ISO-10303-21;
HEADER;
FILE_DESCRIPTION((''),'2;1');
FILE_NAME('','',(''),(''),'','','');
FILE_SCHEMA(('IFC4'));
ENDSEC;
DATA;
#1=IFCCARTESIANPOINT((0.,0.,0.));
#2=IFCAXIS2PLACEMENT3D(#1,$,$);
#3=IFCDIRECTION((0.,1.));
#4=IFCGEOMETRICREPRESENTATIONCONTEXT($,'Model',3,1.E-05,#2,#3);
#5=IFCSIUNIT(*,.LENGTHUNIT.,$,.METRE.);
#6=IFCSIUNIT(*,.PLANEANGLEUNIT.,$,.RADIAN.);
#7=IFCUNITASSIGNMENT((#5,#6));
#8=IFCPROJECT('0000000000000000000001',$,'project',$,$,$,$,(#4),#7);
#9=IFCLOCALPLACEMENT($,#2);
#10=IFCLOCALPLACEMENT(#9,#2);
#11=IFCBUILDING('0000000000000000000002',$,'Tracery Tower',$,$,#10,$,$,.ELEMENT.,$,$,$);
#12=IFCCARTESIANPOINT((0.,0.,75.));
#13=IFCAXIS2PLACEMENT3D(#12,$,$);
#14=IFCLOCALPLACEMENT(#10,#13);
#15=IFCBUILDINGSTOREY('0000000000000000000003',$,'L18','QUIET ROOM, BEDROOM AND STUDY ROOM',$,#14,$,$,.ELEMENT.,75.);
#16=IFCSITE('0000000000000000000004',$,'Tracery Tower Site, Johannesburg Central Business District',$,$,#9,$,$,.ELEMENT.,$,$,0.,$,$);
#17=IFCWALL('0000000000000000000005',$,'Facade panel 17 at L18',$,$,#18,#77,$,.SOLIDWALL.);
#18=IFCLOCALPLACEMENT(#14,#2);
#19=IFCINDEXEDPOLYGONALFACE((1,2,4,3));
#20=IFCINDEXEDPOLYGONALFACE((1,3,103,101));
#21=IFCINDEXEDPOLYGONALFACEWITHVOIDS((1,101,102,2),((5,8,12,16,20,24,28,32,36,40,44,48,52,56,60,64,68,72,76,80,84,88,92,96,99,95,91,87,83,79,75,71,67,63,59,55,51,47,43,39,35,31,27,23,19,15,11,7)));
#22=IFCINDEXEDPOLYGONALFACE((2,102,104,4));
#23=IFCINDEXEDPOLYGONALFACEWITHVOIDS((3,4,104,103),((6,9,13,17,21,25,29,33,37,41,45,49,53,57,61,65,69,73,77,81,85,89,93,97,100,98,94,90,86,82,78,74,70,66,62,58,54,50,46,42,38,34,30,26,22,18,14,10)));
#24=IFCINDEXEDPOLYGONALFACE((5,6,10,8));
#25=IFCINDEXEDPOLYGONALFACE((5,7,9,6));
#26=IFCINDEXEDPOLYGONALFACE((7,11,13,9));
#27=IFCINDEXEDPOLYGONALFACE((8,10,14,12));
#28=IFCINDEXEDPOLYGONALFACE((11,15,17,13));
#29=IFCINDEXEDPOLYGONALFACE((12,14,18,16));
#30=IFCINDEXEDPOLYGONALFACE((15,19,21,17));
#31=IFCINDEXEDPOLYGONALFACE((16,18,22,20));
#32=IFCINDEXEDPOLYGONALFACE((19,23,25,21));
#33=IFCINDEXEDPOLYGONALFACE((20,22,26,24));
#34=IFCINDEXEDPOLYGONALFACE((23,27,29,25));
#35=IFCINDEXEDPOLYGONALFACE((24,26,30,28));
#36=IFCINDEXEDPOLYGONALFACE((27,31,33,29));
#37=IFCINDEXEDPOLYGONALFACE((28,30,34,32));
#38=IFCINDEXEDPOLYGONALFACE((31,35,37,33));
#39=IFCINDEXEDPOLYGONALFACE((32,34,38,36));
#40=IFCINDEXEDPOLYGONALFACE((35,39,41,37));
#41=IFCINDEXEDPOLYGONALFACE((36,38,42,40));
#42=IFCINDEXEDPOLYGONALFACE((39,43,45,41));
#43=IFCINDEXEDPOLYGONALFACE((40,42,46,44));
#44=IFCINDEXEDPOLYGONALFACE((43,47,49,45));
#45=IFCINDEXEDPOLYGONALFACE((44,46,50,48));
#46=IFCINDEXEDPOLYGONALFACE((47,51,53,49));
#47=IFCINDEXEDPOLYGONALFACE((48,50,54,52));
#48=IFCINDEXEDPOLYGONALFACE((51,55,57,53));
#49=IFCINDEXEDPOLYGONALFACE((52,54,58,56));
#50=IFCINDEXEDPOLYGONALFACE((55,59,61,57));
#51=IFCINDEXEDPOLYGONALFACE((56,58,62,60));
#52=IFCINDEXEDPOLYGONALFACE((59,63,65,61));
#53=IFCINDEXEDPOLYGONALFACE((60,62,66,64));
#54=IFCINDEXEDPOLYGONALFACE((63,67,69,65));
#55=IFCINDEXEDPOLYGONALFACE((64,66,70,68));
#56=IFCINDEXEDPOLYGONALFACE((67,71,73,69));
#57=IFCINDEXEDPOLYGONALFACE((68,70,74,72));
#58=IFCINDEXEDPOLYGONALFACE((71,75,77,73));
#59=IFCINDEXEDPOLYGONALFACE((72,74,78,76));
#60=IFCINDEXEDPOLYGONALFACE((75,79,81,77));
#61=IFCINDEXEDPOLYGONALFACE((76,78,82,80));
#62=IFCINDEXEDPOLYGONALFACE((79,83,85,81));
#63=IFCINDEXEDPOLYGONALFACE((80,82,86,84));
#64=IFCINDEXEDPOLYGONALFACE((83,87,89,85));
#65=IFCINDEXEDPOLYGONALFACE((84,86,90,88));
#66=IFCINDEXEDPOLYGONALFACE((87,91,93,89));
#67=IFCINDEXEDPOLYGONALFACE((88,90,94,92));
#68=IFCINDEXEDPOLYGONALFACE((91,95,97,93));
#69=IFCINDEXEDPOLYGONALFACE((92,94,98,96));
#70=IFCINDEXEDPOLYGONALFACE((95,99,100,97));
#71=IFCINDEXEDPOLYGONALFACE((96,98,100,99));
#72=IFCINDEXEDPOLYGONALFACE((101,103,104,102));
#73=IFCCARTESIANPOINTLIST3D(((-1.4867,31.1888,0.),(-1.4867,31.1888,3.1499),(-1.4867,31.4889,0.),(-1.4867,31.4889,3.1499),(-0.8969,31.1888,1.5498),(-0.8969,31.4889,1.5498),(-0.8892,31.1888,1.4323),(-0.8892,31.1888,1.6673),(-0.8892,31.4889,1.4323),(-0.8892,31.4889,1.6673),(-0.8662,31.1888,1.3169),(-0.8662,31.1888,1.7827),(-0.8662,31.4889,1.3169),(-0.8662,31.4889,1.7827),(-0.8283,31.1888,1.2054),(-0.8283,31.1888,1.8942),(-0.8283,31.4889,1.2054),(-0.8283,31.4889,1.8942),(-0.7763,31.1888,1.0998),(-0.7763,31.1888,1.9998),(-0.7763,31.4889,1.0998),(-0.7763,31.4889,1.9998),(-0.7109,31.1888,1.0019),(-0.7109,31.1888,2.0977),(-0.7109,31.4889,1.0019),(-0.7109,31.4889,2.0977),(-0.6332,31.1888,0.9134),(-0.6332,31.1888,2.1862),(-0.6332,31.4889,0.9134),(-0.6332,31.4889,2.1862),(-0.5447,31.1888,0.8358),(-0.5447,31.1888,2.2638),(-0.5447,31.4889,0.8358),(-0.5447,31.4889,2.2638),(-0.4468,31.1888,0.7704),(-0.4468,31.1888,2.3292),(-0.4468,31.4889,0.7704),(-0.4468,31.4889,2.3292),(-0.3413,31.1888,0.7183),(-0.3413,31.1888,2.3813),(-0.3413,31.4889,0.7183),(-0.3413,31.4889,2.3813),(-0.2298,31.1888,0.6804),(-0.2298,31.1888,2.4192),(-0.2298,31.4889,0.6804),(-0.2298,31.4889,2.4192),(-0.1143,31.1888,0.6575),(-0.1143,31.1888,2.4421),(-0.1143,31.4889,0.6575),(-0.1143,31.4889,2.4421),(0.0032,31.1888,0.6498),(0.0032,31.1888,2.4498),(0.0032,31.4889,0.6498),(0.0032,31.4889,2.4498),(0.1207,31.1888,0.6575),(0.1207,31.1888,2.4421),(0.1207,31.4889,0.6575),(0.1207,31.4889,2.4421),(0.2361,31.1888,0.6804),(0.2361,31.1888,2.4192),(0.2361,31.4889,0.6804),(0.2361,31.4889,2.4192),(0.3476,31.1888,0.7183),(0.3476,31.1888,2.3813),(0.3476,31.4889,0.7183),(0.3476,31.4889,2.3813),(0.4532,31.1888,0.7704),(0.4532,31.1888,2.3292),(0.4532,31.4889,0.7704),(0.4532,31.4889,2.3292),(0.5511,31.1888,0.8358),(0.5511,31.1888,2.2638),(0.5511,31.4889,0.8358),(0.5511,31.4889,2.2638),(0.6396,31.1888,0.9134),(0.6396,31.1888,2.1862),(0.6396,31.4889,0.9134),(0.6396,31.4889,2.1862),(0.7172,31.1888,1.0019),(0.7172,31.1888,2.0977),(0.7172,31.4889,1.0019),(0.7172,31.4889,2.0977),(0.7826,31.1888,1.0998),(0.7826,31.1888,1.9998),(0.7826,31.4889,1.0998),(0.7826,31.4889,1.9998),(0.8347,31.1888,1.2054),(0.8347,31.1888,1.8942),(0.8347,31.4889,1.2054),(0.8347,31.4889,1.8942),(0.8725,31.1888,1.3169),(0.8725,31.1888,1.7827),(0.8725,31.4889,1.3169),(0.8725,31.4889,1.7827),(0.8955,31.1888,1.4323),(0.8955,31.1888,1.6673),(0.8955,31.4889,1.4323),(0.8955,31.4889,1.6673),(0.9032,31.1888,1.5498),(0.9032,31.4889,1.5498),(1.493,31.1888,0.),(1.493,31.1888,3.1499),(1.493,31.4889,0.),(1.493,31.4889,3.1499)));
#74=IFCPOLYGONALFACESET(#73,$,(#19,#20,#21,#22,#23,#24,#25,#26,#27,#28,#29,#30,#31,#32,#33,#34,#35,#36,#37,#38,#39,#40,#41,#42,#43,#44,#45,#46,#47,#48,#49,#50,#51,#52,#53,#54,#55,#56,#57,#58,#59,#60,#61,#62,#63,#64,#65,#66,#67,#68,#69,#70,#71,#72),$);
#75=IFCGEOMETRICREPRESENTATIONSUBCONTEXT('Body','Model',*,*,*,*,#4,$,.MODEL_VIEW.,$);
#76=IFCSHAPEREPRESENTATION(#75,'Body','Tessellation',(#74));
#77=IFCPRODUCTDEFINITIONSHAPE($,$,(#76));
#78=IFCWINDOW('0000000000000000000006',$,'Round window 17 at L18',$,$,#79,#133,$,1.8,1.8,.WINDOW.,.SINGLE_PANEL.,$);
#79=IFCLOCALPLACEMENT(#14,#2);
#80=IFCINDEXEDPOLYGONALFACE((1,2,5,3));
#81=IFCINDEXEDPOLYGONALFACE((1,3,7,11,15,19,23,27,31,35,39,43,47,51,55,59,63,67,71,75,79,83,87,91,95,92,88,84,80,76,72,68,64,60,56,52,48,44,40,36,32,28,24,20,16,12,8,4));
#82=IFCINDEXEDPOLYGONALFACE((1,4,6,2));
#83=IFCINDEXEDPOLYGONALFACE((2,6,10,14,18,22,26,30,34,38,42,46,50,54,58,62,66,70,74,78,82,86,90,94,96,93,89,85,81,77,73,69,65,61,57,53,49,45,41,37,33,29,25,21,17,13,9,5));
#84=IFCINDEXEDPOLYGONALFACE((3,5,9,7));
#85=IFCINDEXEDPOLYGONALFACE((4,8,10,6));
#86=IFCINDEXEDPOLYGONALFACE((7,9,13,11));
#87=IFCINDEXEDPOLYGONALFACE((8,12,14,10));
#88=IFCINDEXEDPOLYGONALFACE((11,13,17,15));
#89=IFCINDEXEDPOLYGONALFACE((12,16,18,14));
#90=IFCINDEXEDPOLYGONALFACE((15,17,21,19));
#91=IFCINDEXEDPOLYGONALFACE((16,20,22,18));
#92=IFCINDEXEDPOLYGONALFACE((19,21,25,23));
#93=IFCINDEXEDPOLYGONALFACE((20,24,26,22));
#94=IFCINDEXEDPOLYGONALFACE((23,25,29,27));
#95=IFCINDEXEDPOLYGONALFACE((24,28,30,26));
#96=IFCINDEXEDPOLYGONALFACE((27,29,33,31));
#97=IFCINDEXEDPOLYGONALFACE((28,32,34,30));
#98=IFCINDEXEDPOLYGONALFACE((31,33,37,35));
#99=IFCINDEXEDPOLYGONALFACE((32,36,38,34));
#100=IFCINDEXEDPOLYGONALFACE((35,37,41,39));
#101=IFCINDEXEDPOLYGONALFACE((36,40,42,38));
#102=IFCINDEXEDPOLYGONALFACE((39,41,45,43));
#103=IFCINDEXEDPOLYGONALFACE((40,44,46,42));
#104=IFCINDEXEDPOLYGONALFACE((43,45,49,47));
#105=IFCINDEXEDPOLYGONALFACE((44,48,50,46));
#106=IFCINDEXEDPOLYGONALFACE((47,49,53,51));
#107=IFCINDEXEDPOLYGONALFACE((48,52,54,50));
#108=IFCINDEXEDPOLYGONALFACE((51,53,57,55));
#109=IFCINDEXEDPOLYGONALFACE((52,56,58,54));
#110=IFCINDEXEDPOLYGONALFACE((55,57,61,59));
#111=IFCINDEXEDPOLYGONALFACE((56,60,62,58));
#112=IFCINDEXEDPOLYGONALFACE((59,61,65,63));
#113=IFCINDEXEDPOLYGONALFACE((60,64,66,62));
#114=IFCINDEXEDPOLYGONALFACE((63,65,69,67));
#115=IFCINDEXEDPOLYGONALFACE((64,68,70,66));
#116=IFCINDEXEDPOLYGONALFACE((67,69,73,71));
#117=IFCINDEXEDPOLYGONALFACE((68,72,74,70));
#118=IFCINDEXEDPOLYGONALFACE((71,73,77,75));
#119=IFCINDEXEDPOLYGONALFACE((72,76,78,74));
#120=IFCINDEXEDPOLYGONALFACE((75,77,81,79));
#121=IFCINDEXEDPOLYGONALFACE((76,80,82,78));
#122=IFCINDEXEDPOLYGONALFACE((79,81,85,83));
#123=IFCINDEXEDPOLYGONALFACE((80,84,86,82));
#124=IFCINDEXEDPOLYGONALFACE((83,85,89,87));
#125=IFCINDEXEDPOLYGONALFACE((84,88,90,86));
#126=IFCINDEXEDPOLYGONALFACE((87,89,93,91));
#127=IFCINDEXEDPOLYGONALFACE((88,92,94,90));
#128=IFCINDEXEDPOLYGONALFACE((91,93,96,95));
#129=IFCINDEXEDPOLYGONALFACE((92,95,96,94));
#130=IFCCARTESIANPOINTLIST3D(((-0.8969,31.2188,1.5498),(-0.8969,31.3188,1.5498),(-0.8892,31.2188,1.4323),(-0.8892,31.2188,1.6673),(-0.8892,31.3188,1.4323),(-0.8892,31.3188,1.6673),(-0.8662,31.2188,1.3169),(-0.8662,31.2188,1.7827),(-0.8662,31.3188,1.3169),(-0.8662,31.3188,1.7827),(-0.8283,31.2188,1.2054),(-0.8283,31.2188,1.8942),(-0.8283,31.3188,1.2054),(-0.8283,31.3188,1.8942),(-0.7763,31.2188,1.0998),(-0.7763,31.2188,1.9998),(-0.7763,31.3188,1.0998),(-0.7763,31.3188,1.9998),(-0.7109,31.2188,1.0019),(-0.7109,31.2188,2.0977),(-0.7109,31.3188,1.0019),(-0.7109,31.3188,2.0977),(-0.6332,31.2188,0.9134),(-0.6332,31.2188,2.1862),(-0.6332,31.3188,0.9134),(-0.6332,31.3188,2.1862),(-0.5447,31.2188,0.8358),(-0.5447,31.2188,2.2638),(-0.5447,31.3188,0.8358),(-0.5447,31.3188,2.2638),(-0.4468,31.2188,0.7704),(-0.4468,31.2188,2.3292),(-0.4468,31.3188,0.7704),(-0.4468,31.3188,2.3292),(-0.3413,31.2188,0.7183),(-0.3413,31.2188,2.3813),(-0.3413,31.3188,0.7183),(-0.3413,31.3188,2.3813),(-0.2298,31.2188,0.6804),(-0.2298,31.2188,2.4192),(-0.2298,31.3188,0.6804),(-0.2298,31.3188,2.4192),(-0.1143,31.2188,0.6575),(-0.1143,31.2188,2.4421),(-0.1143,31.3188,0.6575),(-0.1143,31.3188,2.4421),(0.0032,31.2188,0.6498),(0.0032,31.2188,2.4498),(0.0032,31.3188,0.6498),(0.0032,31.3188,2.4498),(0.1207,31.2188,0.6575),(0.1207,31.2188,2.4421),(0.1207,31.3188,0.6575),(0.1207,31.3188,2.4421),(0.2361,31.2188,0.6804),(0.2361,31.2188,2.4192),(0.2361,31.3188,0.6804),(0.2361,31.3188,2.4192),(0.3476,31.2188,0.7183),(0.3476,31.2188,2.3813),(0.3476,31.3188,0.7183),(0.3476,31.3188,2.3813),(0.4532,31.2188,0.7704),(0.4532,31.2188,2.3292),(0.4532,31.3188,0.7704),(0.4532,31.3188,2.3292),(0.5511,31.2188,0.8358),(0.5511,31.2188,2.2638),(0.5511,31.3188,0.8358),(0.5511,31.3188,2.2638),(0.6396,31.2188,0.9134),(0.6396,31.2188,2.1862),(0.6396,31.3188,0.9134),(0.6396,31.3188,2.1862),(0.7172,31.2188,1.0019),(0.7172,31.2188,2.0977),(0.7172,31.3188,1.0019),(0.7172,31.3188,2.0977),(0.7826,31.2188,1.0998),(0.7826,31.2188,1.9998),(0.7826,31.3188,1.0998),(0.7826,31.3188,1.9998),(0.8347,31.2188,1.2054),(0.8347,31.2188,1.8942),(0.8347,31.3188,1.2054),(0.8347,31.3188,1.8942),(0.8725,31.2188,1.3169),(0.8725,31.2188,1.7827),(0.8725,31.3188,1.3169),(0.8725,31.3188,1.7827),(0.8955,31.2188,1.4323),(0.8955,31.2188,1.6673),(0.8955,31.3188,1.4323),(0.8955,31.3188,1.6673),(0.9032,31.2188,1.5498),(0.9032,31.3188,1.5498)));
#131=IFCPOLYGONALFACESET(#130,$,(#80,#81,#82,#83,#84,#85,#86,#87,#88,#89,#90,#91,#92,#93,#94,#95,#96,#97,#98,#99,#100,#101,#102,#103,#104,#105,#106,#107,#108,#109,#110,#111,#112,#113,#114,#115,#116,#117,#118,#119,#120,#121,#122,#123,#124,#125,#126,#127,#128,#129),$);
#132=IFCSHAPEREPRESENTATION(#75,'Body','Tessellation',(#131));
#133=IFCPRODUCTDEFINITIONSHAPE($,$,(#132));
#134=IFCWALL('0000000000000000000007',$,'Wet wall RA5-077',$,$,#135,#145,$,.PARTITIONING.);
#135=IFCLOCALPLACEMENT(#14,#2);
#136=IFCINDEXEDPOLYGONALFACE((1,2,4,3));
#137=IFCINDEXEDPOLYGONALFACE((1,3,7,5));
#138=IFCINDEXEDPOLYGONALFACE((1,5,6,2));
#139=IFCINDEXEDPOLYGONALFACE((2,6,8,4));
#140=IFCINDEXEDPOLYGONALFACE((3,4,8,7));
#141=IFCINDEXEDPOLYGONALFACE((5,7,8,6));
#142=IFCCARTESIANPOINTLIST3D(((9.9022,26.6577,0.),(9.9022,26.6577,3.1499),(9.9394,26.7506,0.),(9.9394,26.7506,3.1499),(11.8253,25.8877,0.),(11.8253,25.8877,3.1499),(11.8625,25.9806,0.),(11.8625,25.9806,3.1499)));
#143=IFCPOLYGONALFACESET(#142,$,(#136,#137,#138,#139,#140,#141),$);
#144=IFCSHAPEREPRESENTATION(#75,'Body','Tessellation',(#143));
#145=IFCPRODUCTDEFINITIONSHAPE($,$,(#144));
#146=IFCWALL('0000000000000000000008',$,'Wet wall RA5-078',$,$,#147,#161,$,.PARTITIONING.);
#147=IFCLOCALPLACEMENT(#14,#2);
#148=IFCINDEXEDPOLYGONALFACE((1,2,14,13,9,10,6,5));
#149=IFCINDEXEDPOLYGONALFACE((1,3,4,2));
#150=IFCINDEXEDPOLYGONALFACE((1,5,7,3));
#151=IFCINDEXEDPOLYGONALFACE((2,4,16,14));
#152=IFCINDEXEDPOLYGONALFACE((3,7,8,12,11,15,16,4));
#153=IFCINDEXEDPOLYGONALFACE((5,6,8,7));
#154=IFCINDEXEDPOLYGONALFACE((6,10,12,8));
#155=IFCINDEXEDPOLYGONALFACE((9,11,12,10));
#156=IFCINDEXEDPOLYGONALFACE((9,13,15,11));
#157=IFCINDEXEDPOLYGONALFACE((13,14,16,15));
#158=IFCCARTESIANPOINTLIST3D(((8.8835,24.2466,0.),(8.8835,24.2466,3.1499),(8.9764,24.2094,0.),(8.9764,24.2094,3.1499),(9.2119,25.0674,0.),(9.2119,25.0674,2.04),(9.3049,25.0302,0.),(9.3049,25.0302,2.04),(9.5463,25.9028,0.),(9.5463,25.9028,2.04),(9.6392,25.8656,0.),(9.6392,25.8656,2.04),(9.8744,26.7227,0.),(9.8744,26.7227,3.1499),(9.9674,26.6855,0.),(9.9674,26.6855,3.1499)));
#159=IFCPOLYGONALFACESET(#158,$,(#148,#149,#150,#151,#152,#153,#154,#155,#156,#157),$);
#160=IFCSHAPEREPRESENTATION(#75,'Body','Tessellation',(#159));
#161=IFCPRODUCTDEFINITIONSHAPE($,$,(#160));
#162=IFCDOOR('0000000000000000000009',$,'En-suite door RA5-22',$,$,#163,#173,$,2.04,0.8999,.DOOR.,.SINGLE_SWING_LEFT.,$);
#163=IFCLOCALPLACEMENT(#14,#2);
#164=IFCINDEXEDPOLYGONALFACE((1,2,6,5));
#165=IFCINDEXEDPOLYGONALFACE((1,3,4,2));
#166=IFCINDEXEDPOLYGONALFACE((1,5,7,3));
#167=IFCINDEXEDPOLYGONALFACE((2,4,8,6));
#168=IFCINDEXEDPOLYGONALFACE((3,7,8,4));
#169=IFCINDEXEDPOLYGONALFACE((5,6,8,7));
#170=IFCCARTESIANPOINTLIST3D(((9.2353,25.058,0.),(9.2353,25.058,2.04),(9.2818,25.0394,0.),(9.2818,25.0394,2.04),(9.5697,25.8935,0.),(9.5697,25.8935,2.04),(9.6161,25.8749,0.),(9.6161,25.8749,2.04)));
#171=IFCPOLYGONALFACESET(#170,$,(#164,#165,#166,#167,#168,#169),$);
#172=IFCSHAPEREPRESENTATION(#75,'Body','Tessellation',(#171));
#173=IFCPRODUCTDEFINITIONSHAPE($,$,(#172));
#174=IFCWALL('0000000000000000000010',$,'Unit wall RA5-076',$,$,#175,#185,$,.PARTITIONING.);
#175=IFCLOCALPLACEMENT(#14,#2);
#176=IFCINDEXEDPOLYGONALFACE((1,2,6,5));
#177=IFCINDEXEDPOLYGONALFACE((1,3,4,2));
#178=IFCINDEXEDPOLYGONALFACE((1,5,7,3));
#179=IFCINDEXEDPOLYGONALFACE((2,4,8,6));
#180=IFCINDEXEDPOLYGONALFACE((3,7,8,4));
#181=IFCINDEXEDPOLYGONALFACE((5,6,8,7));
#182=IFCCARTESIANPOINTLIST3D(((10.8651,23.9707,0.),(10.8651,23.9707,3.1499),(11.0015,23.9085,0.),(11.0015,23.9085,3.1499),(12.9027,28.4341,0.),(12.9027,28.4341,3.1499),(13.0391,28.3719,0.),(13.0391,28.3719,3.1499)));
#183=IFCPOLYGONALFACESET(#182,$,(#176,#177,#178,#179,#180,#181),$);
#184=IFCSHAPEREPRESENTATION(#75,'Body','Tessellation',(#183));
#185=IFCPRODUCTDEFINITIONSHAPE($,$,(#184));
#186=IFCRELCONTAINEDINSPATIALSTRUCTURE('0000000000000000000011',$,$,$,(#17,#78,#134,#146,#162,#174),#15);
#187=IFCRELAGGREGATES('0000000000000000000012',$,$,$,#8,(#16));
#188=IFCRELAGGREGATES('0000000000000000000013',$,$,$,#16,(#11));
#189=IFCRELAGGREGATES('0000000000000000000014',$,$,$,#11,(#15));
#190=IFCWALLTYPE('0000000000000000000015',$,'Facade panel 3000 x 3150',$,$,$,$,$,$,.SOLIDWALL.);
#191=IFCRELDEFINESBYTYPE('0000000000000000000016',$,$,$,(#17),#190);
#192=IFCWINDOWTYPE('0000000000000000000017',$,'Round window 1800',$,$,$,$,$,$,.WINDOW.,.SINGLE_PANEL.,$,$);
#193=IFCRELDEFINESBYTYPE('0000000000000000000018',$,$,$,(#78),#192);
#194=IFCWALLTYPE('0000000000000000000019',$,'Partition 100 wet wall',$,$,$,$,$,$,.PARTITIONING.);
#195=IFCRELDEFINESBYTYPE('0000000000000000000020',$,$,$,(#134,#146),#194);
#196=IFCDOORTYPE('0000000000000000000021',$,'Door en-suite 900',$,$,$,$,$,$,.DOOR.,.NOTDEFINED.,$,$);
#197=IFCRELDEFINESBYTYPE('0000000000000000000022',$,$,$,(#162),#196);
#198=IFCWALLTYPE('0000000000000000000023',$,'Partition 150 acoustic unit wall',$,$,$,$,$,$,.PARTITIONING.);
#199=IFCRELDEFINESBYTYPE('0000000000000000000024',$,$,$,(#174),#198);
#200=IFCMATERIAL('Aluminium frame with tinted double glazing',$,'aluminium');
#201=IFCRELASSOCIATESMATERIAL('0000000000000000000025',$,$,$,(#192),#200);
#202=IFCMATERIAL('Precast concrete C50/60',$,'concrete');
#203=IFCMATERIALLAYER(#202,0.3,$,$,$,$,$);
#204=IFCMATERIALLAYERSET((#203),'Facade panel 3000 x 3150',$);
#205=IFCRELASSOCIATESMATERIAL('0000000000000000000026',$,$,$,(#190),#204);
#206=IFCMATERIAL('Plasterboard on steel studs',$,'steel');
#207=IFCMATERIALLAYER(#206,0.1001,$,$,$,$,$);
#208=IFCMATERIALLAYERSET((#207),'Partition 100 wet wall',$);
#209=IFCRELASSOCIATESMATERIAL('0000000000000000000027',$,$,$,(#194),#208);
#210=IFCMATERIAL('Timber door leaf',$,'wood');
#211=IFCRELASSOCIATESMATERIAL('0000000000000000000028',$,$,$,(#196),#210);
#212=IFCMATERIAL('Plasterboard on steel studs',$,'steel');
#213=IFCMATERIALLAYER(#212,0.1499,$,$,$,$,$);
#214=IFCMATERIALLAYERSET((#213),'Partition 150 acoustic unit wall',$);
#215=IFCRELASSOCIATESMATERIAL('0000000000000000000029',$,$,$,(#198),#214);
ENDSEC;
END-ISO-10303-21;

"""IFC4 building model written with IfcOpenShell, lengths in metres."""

from ifc_helpers import new_model, si_unit, direction, frame, frame_2d, origin, origin_2d, place, context, subcontext, project, spatial, rectangle, circle, extrude, material, layer, layer_set, type_object, element, fill, save


model = new_model("IFC4")

# Units and contexts
model_context = context("Model", 3, precision=1e-05, world=origin(), true_north=direction((0.0, 1.0)))
body_context = subcontext(model_context, "Body", "Model", "MODEL_VIEW")
ifc_project = project(units=[si_unit("LENGTHUNIT", "METRE"), si_unit("PLANEANGLEUNIT", "RADIAN")], contexts=[model_context])

# Site, building, storey
site_placement = place(None, origin())
site = spatial("IfcSite", under=ifc_project, at=site_placement, Name="Tracery Tower Site, Johannesburg Central Business District", CompositionType="ELEMENT", RefElevation=0.0)
building_placement = place(site_placement, origin())
building = spatial("IfcBuilding", under=site, at=building_placement, Name="Tracery Tower", CompositionType="ELEMENT")
storey_placement = place(building_placement, frame((0.0, 0.0, 75.0)))
storey = spatial("IfcBuildingStorey", under=building, at=storey_placement, Name="L18", Description="QUIET ROOM, BEDROOM AND STUDY ROOM", CompositionType="ELEMENT", Elevation=75.0)

# Wall, opening, window
ifc_material_1 = material(Name="Aluminium frame with tinted double glazing", Category="aluminium")
window_type = type_object("IfcWindowType", Name="Round window 1800", PartitioningType="SINGLE_PANEL", PredefinedType="WINDOW", material=ifc_material_1)
ifc_material_2 = material(Name="Precast concrete C50/60", Category="concrete")
ifc_layer_1 = layer(ifc_material_2, 0.3)
ifc_layer_set_1 = layer_set([ifc_layer_1], Name="Facade panel 3000 x 3150")
wall_type_1 = type_object("IfcWallType", Name="Facade panel 3000 x 3150", PredefinedType="SOLIDWALL", material=ifc_layer_set_1)
wall_1_placement = place(storey_placement, frame((1.4929, 31.3389, 0.0), z_axis=(0.0, 0.0, 1.0), x_axis=(-1.0, 0.0, 0.0)))
wall_1 = element("IfcWall", 1, at=wall_1_placement, inside=storey, type_object=wall_type_1, Name="Facade panel 17 at L18", PredefinedType="SOLIDWALL", context=body_context, shape_type="SweptSolid", body=[
    extrude(rectangle(XDim=2.9797, YDim=0.3, at=frame_2d((1.4897, 0.0))), origin(), (0.0, 0.0, 1.0), 3.1499),
])
opening_1_placement = place(wall_1_placement, frame((1.4897, 0.0, 1.5498)))
opening_1 = element("IfcOpeningElement", 2, at=opening_1_placement, cuts=wall_1, PredefinedType="OPENING", context=body_context, shape_type="SweptSolid", body=[
    extrude(circle(Radius=0.9, at=origin_2d()), frame((0.0, 0.1599, 0.0), z_axis=(0.0, -1.0, 0.0), x_axis=(1.0, 0.0, 0.0)), (0.0, 0.0, 1.0), 0.3201),
])
window_1_placement = place(opening_1_placement, origin())
window_1 = element("IfcWindow", 3, at=window_1_placement, inside=storey, type_object=window_type, Name="Round window 17 at L18", OverallHeight=1.8, OverallWidth=1.8, PartitioningType="SINGLE_PANEL", PredefinedType="WINDOW", context=body_context, shape_type="SweptSolid", body=[
    extrude(circle(Radius=0.9, at=origin_2d()), frame((0.0, 0.1201, 0.0), z_axis=(0.0, -1.0, 0.0), x_axis=(1.0, 0.0, 0.0)), (0.0, 0.0, 1.0), 0.1001),
])
fill(opening_1, window_1)

# Wall
ifc_material_3 = material(Name="Plasterboard on steel studs", Category="steel")
ifc_layer_2 = layer(ifc_material_3, 0.1001)
ifc_layer_set_2 = layer_set([ifc_layer_2], Name="Partition 100 wet wall")
wall_type_2 = type_object("IfcWallType", Name="Partition 100 wet wall", PredefinedType="PARTITIONING", material=ifc_layer_set_2)
wall_2_placement = place(storey_placement, frame((9.9209, 26.7041, 0.0), z_axis=(0.0, 0.0, 1.0), x_axis=(0.928347, -0.371716, 0.0)))
element("IfcWall", 4, at=wall_2_placement, inside=storey, type_object=wall_type_2, Name="Wet wall RA5-077", PredefinedType="PARTITIONING", context=body_context, shape_type="SweptSolid", body=[
    extrude(rectangle(XDim=2.0715, YDim=0.1001, at=frame_2d((1.0356, 0.0))), origin(), (0.0, 0.0, 1.0), 3.1499),
])

# Wall, opening, door
wall_3_placement = place(storey_placement, frame((8.9299, 24.228, 0.0), z_axis=(0.0, 0.0, 1.0), x_axis=(0.371564, 0.928407, 0.0)))
wall_3 = element("IfcWall", 5, at=wall_3_placement, inside=storey, type_object=wall_type_2, Name="Wet wall RA5-078", PredefinedType="PARTITIONING", context=body_context, shape_type="SweptSolid", body=[
    extrude(rectangle(XDim=2.667, YDim=0.1001, at=frame_2d((1.3335, 0.0))), origin(), (0.0, 0.0, 1.0), 3.1499),
])
opening_2_placement = place(wall_3_placement, frame((0.884, 0.0, 0.0)))
opening_2 = element("IfcOpeningElement", 6, at=opening_2_placement, cuts=wall_3, PredefinedType="OPENING", context=body_context, shape_type="SweptSolid", body=[
    extrude(rectangle(XDim=0.8999, YDim=2.04, at=frame_2d((0.45, 1.02))), frame((0.0, 0.05, 0.0), z_axis=(0.0, -1.0, 0.0), x_axis=(1.0, 0.0, 0.0)), (0.0, 0.0, 1.0), 0.1001),
])
ifc_material_4 = material(Name="Timber door leaf", Category="wood")
door_type_1 = type_object("IfcDoorType", Name="Door en-suite 900", OperationType="NOTDEFINED", PredefinedType="DOOR", material=ifc_material_4)
door_1_placement = place(opening_2_placement, origin())
door_1 = element("IfcDoor", 7, at=door_1_placement, inside=storey, type_object=door_type_1, Name="En-suite door RA5-22", OperationType="SINGLE_SWING_LEFT", OverallHeight=2.04, OverallWidth=0.8999, PredefinedType="DOOR", context=body_context, shape_type="SweptSolid", body=[
    extrude(rectangle(XDim=0.8999, YDim=2.04, at=frame_2d((0.45, 1.02))), frame((0.0, 0.0249, 0.0), z_axis=(0.0, -1.0, 0.0), x_axis=(1.0, 0.0, 0.0)), (0.0, 0.0, 1.0), 0.05),
])
fill(opening_2, door_1)

# Wall
ifc_material_5 = material(Name="Plasterboard on steel studs", Category="steel")
ifc_layer_3 = layer(ifc_material_5, 0.1499)
ifc_layer_set_3 = layer_set([ifc_layer_3], Name="Partition 150 acoustic unit wall")
wall_type_3 = type_object("IfcWallType", Name="Partition 150 acoustic unit wall", PredefinedType="PARTITIONING", material=ifc_layer_set_3)
wall_4_placement = place(storey_placement, frame((10.9333, 23.9397, 0.0), z_axis=(0.0, 0.0, 1.0), x_axis=(0.415287, 0.90969, 0.0)))
element("IfcWall", 8, at=wall_4_placement, inside=storey, type_object=wall_type_3, Name="Unit wall RA5-076", PredefinedType="PARTITIONING", context=body_context, shape_type="SweptSolid", body=[
    extrude(rectangle(XDim=4.9065, YDim=0.1499, at=frame_2d((2.4531, 0.0))), origin(), (0.0, 0.0, 1.0), 3.1499),
])

save(model, "model.ifc")
